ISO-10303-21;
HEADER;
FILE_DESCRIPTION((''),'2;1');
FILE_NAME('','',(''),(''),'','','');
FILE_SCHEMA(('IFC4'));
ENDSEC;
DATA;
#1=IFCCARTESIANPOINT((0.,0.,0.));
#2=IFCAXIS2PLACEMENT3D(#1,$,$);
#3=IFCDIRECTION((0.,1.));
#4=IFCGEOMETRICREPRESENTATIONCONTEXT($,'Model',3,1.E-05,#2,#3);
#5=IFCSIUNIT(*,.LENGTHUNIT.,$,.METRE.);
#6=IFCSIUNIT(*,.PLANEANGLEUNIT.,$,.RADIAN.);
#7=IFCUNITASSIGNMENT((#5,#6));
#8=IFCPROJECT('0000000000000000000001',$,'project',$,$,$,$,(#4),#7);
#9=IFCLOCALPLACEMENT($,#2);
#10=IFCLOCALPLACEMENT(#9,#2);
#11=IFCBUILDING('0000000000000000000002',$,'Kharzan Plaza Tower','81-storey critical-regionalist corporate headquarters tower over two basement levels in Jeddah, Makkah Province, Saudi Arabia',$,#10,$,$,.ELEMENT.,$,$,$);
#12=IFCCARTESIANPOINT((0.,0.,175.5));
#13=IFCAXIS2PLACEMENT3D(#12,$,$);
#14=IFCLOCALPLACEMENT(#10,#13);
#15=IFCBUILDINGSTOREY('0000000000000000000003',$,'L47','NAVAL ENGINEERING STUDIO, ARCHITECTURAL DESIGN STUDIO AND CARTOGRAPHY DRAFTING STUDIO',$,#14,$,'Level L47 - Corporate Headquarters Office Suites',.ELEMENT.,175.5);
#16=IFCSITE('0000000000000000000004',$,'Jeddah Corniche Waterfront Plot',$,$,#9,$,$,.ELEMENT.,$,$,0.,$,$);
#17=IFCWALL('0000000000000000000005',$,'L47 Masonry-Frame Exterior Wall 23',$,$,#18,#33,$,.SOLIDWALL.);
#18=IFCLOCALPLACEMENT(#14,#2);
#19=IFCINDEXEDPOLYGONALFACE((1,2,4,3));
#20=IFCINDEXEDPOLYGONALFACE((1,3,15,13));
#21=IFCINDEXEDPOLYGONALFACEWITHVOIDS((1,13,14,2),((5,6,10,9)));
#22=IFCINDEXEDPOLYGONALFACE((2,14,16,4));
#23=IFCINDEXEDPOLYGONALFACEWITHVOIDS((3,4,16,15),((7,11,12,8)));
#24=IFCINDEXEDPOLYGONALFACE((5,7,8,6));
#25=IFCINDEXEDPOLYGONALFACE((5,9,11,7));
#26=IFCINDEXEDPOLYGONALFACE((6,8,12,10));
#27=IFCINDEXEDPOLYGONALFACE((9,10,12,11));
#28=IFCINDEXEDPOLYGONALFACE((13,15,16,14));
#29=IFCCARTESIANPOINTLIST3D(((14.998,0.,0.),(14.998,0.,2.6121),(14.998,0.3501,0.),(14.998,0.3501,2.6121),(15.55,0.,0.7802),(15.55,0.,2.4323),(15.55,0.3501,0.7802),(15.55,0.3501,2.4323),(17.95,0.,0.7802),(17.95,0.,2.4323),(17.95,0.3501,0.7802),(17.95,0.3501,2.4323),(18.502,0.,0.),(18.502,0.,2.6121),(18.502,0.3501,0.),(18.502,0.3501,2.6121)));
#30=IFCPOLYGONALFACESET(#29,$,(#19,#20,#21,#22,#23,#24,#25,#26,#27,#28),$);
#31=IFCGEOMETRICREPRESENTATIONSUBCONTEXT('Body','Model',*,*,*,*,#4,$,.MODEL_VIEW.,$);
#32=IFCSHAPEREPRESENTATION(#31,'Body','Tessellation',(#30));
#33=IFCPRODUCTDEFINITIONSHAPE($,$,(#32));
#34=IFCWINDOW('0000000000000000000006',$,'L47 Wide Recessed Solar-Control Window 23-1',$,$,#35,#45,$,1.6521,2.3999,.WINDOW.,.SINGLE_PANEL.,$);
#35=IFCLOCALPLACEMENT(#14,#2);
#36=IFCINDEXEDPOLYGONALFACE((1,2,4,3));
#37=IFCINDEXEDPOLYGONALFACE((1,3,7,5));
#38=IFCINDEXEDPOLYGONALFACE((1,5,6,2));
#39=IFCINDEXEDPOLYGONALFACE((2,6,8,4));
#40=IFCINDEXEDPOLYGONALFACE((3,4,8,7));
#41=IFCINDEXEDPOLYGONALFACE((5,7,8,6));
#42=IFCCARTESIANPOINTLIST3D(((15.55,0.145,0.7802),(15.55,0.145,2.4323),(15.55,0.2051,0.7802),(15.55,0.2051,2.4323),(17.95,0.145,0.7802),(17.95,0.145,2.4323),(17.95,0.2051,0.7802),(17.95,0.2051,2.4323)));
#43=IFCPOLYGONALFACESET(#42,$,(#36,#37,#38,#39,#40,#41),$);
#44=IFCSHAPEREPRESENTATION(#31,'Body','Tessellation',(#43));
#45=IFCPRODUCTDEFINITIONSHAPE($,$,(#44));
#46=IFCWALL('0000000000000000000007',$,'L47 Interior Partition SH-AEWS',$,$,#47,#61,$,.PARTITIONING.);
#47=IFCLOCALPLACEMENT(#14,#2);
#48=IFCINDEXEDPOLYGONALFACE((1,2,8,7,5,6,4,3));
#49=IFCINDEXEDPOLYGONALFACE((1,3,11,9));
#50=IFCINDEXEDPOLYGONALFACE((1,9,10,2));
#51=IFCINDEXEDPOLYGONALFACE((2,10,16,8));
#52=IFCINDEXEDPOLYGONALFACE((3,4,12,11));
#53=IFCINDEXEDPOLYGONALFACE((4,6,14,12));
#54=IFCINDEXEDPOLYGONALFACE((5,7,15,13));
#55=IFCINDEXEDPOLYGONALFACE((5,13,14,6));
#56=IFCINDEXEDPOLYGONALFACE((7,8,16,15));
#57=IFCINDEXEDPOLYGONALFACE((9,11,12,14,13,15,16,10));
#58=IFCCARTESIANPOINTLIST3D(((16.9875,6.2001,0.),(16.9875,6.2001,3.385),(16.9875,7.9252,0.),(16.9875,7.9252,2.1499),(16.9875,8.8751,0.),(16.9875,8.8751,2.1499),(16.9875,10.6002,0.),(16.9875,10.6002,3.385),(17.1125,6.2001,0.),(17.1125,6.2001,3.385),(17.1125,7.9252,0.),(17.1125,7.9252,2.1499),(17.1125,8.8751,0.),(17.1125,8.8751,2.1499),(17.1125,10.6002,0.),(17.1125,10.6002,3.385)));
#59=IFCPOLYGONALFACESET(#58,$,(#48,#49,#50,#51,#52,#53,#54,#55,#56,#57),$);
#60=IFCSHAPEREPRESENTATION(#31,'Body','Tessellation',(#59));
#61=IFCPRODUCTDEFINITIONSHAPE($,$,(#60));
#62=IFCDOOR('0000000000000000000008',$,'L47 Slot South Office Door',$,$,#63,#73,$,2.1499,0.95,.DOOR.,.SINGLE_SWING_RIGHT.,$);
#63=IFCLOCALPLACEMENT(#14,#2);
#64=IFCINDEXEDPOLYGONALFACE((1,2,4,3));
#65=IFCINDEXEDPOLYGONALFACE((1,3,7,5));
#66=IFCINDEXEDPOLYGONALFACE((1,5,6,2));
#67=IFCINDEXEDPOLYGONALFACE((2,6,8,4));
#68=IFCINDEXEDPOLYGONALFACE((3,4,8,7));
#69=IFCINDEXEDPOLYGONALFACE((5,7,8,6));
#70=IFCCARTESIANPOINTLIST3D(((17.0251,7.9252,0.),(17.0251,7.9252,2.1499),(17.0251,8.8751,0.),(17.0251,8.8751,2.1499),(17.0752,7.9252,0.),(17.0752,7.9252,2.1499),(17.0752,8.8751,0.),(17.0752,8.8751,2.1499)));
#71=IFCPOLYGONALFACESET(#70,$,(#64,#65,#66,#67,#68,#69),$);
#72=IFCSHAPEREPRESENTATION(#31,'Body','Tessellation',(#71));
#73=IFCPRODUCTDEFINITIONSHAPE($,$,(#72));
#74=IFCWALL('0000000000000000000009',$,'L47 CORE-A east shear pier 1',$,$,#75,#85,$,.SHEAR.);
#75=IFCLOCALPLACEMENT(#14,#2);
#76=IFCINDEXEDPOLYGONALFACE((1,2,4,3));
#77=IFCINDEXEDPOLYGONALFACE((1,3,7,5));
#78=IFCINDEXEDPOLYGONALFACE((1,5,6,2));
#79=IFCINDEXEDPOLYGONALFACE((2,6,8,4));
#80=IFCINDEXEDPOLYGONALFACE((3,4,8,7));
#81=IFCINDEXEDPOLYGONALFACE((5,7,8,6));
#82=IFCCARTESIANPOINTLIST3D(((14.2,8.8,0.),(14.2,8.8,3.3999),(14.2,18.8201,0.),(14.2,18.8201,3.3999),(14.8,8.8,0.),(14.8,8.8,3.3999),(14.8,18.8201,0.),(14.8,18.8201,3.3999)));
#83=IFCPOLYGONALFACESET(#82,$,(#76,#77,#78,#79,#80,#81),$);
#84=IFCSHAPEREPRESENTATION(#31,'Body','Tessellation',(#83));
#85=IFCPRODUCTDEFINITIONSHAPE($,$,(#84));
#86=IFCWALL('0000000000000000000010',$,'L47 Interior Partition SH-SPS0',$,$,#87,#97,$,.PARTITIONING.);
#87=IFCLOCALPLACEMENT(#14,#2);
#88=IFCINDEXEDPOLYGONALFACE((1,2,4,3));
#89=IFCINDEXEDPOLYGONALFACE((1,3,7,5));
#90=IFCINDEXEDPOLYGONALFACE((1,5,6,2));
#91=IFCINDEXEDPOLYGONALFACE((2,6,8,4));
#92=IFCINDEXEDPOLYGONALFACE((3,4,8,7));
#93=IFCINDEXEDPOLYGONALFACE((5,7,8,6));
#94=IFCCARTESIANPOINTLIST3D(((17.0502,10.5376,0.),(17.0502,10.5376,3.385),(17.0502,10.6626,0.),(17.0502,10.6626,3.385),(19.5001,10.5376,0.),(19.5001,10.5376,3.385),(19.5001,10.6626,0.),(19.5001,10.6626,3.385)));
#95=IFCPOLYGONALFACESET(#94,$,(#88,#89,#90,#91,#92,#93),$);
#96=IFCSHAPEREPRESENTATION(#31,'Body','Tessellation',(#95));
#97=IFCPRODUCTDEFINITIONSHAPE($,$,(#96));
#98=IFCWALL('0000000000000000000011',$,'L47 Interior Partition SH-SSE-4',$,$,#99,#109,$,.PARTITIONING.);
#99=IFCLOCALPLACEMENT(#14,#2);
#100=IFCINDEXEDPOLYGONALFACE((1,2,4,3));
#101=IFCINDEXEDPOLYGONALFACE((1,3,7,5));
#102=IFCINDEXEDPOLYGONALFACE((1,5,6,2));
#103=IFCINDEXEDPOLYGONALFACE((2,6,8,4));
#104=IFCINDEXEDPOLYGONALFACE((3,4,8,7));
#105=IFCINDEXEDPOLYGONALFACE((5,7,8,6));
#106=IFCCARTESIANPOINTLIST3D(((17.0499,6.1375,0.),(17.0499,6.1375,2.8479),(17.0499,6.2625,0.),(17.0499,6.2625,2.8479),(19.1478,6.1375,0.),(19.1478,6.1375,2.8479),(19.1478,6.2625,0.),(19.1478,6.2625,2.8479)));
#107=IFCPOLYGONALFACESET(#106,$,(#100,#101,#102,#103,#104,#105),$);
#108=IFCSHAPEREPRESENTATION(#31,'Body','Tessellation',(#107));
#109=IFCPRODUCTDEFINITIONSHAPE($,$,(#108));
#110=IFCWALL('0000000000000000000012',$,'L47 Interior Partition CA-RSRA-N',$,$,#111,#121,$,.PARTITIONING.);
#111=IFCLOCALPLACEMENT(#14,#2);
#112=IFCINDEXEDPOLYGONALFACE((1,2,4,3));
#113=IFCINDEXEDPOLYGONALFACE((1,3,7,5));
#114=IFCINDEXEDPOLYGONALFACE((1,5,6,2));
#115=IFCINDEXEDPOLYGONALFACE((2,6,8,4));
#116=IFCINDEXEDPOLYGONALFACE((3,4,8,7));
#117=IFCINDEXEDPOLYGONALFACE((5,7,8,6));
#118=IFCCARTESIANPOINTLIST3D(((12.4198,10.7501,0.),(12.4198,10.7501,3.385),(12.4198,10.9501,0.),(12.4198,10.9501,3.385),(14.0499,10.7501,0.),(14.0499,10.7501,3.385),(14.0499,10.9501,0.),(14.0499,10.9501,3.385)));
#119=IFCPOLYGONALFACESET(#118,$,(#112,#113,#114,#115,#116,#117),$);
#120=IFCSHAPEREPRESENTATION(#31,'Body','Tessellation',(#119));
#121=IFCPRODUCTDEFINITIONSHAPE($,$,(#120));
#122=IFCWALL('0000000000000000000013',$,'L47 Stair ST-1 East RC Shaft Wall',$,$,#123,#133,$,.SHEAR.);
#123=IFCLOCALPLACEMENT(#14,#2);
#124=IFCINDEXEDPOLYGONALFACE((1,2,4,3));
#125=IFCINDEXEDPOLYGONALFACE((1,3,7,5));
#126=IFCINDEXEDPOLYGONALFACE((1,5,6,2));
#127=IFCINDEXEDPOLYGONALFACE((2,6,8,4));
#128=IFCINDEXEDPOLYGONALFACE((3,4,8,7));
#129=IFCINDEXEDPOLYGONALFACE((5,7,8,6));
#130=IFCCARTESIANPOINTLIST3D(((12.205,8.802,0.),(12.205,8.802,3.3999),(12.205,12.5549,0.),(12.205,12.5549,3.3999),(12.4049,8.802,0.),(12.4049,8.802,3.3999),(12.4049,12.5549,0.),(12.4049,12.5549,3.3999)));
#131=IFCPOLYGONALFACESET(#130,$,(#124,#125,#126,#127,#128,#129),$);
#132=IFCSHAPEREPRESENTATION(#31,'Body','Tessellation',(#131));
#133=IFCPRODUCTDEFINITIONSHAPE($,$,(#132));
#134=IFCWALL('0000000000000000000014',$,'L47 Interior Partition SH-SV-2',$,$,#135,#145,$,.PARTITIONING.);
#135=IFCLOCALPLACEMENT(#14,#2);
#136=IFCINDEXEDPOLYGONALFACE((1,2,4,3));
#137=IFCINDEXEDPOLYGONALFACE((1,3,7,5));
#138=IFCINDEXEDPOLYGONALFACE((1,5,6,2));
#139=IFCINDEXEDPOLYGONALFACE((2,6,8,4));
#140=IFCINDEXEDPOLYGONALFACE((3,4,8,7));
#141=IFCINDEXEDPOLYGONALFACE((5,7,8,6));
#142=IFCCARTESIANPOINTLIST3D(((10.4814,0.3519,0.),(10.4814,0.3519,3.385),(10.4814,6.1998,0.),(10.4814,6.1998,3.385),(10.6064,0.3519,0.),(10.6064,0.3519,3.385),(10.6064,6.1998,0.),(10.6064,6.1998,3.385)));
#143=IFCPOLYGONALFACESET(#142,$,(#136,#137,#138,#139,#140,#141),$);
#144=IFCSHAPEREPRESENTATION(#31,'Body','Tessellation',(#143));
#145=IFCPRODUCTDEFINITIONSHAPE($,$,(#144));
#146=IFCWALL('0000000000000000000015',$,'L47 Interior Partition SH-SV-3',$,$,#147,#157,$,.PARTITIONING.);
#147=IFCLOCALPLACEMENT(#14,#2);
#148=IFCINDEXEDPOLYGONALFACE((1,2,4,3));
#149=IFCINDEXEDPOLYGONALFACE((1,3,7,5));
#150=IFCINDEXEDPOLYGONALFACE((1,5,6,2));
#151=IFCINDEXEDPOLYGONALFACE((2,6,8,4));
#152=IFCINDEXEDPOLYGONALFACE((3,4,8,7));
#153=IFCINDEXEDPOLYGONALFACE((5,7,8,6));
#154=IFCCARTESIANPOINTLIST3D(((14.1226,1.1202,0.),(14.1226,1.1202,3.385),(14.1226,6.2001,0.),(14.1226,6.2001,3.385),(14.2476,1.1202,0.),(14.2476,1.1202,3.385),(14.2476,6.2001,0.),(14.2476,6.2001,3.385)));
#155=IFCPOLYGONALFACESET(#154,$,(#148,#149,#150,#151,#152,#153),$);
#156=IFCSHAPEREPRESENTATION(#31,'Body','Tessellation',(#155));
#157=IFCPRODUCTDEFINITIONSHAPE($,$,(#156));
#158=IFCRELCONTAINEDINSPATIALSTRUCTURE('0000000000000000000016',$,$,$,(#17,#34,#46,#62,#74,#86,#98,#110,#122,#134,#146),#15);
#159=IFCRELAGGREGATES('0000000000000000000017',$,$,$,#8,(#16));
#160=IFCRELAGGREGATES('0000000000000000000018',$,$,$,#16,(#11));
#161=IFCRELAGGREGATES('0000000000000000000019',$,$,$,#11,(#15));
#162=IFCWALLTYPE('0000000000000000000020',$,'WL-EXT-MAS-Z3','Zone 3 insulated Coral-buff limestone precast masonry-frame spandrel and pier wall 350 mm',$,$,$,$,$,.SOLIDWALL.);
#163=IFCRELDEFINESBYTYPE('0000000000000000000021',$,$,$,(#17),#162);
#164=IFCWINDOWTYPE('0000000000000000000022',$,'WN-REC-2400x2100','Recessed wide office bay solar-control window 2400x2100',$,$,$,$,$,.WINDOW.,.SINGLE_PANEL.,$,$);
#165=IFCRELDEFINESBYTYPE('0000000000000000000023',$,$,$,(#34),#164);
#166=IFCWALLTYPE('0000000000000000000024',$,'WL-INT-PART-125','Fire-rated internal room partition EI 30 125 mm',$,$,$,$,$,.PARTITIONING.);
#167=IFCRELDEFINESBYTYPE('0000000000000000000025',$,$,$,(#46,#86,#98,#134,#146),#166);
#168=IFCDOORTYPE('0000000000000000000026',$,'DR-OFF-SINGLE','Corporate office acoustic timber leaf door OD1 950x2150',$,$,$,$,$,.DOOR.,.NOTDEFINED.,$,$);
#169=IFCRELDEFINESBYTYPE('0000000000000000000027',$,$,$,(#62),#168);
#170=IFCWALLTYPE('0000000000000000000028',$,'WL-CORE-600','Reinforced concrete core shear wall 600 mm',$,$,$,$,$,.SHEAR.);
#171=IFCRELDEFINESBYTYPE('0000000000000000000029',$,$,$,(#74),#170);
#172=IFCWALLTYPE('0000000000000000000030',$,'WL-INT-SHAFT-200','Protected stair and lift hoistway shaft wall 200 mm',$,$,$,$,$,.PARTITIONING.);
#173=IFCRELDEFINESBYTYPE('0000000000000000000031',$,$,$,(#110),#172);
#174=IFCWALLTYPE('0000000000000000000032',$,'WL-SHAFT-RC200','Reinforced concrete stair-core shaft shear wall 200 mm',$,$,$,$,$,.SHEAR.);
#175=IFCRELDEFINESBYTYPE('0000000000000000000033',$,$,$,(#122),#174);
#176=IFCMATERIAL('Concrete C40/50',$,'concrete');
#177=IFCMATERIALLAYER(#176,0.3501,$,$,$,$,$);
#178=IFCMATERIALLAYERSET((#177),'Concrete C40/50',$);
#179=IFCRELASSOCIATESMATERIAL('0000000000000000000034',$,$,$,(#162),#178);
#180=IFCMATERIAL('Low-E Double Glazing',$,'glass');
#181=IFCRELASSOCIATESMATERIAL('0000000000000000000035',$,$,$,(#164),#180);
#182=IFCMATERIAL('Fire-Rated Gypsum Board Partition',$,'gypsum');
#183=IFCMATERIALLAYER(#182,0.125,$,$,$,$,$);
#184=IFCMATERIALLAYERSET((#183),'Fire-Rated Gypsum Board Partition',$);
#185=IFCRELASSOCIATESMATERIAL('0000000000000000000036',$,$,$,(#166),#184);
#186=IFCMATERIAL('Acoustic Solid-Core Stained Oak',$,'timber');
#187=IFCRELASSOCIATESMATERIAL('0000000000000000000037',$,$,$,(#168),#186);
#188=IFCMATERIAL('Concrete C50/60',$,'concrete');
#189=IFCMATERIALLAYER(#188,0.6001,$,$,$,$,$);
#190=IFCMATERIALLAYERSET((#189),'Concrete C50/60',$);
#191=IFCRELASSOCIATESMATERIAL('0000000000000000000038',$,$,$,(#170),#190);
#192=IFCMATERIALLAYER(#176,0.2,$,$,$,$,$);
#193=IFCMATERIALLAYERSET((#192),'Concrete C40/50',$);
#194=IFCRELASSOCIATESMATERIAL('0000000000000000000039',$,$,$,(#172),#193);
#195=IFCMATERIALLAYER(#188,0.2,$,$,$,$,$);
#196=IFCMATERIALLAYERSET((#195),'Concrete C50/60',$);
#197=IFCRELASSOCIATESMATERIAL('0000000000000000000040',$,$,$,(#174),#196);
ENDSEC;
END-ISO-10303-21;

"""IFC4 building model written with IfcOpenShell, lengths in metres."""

from ifc_helpers import new_model, si_unit, direction, frame, frame_2d, origin, place, context, subcontext, project, spatial, rectangle, extrude, source, transform, mapped, material, layer, layer_set, type_object, element, fill, save


model = new_model("IFC4")

# Units and contexts
model_context = context("Model", 3, precision=1e-05, world=origin(), true_north=direction((0.0, 1.0)))
body_context = subcontext(model_context, "Body", "Model", "MODEL_VIEW")
ifc_project = project(units=[si_unit("LENGTHUNIT", "METRE"), si_unit("PLANEANGLEUNIT", "RADIAN")], contexts=[model_context])

# Site, building, storey
site_placement = place(None, origin())
site = spatial("IfcSite", under=ifc_project, at=site_placement, Name="Jeddah Corniche Waterfront Plot", CompositionType="ELEMENT", RefElevation=0.0)
building_placement = place(site_placement, origin())
building = spatial("IfcBuilding", under=site, at=building_placement, Name="Kharzan Plaza Tower", Description="81-storey critical-regionalist corporate headquarters tower over two basement levels in Jeddah, Makkah Province, Saudi Arabia", CompositionType="ELEMENT")
storey_placement = place(building_placement, frame((0.0, 0.0, 175.5)))
storey = spatial("IfcBuildingStorey", under=building, at=storey_placement, Name="L47", Description="NAVAL ENGINEERING STUDIO, ARCHITECTURAL DESIGN STUDIO AND CARTOGRAPHY DRAFTING STUDIO", LongName="Level L47 - Corporate Headquarters Office Suites", CompositionType="ELEMENT", Elevation=175.5)

# Shared definitions
ifc_material_1 = material(Name="Concrete C50/60", Category="concrete")

# Wall, opening, window
ifc_material_2 = material(Name="Concrete C40/50", Category="concrete")
ifc_layer_1 = layer(ifc_material_2, 0.3501)
ifc_layer_set_1 = layer_set([ifc_layer_1], Name="Concrete C40/50")
wall_type_1 = type_object("IfcWallType", Name="WL-EXT-MAS-Z3", Description="Zone 3 insulated Coral-buff limestone precast masonry-frame spandrel and pier wall 350 mm", PredefinedType="SOLIDWALL", material=ifc_layer_set_1)
ifc_material_3 = material(Name="Low-E Double Glazing", Category="glass")
window_type = type_object("IfcWindowType", Name="WN-REC-2400x2100", Description="Recessed wide office bay solar-control window 2400x2100", PartitioningType="SINGLE_PANEL", PredefinedType="WINDOW", material=ifc_material_3)
shared_shape_1 = source(origin(), body_context, "Body", "SweptSolid", [
    extrude(rectangle(XDim=2.3999, YDim=1.6521, at=frame_2d((1.2, 0.8262))), frame((0.0, 0.03, 0.0), z_axis=(0.0, -1.0, 0.0), x_axis=(1.0, 0.0, 0.0)), (0.0, 0.0, 1.0), 0.0601),
])
wall_1_placement = place(storey_placement, frame((14.998, 0.175, 0.0), z_axis=(0.0, 0.0, 1.0), x_axis=(1.0, 0.0, 0.0)))
wall_1 = element("IfcWall", 1, at=wall_1_placement, inside=storey, type_object=wall_type_1, Name="L47 Masonry-Frame Exterior Wall 23", PredefinedType="SOLIDWALL", context=body_context, shape_type="SweptSolid", body=[
    extrude(rectangle(XDim=3.5039, YDim=0.3501, at=frame_2d((1.752, 0.0))), origin(), (0.0, 0.0, 1.0), 2.6121),
])
opening_1_placement = place(wall_1_placement, frame((0.552, 0.0, 0.78)))
opening_1 = element("IfcOpeningElement", 2, at=opening_1_placement, cuts=wall_1, PredefinedType="OPENING", context=body_context, shape_type="SweptSolid", body=[
    extrude(rectangle(XDim=2.3999, YDim=1.6521, at=frame_2d((1.2, 0.8262))), frame((0.0, 0.1851, 0.0), z_axis=(0.0, -1.0, 0.0), x_axis=(1.0, 0.0, 0.0)), (0.0, 0.0, 1.0), 0.3701),
])
window_1_placement = place(opening_1_placement, origin())
window_1 = element("IfcWindow", 3, at=window_1_placement, inside=storey, type_object=window_type, Name="L47 Wide Recessed Solar-Control Window 23-1", OverallHeight=1.6521, OverallWidth=2.3999, PartitioningType="SINGLE_PANEL", PredefinedType="WINDOW", context=body_context, shape_type="MappedRepresentation", body=[
    mapped(shared_shape_1, transform((0.0, 0.0, 0.0), x_axis=(1.0, 0.0, 0.0), y_axis=(0.0, 1.0, 0.0), z_axis=(0.0, 0.0, 1.0))),
])
fill(opening_1, window_1)

# Wall, opening, door
ifc_material_4 = material(Name="Fire-Rated Gypsum Board Partition", Category="gypsum")
ifc_layer_2 = layer(ifc_material_4, 0.125)
ifc_layer_set_2 = layer_set([ifc_layer_2], Name="Fire-Rated Gypsum Board Partition")
wall_type_2 = type_object("IfcWallType", Name="WL-INT-PART-125", Description="Fire-rated internal room partition EI 30 125 mm", PredefinedType="PARTITIONING", material=ifc_layer_set_2)
wall_2_placement = place(storey_placement, frame((17.05, 6.2, 0.0), z_axis=(0.0, 0.0, 1.0), x_axis=(0.0, 1.0, 0.0)))
wall_2 = element("IfcWall", 4, at=wall_2_placement, inside=storey, type_object=wall_type_2, Name="L47 Interior Partition SH-AEWS", PredefinedType="PARTITIONING", context=body_context, shape_type="SweptSolid", body=[
    extrude(rectangle(XDim=4.4001, YDim=0.125, at=frame_2d((2.2002, 0.0))), origin(), (0.0, 0.0, 1.0), 3.385),
])
opening_2_placement = place(wall_2_placement, frame((1.7251, 0.0, 0.0)))
opening_2 = element("IfcOpeningElement", 5, at=opening_2_placement, cuts=wall_2, PredefinedType="OPENING", context=body_context, shape_type="SweptSolid", body=[
    extrude(rectangle(XDim=0.95, YDim=2.1499, at=frame_2d((0.4751, 1.075))), frame((0.0, 0.0725, 0.0), z_axis=(0.0, -1.0, 0.0), x_axis=(1.0, 0.0, 0.0)), (0.0, 0.0, 1.0), 0.145),
])
ifc_material_5 = material(Name="Acoustic Solid-Core Stained Oak", Category="timber")
door_type = type_object("IfcDoorType", Name="DR-OFF-SINGLE", Description="Corporate office acoustic timber leaf door OD1 950x2150", OperationType="NOTDEFINED", PredefinedType="DOOR", material=ifc_material_5)
shared_shape_2 = source(origin(), body_context, "Body", "SweptSolid", [
    extrude(rectangle(XDim=0.95, YDim=2.1499, at=frame_2d((0.4751, 1.075))), frame((0.0, 0.0249, 0.0), z_axis=(0.0, -1.0, 0.0), x_axis=(1.0, 0.0, 0.0)), (0.0, 0.0, 1.0), 0.05),
])
door_1_placement = place(opening_2_placement, origin())
door_1 = element("IfcDoor", 6, at=door_1_placement, inside=storey, type_object=door_type, Name="L47 Slot South Office Door", OperationType="SINGLE_SWING_RIGHT", OverallHeight=2.1499, OverallWidth=0.95, PredefinedType="DOOR", context=body_context, shape_type="MappedRepresentation", body=[
    mapped(shared_shape_2, transform((0.0, 0.0, 0.0), x_axis=(1.0, 0.0, 0.0), y_axis=(0.0, 1.0, 0.0), z_axis=(0.0, 0.0, 1.0))),
])
fill(opening_2, door_1)

# Walls
ifc_layer_3 = layer(ifc_material_1, 0.6001)
ifc_layer_set_3 = layer_set([ifc_layer_3], Name="Concrete C50/60")
wall_type_3 = type_object("IfcWallType", Name="WL-CORE-600", Description="Reinforced concrete core shear wall 600 mm", PredefinedType="SHEAR", material=ifc_layer_set_3)
shared_shape_3 = source(origin(), body_context, "Body", "SweptSolid", [
    extrude(rectangle(XDim=10.02, YDim=0.6001, at=frame_2d((5.01, 0.0))), origin(), (0.0, 0.0, 1.0), 3.3999),
])
wall_3_placement = place(storey_placement, frame((14.5, 8.8, 0.0), z_axis=(0.0, 0.0, 1.0), x_axis=(0.0, 1.0, 0.0)))
element("IfcWall", 7, at=wall_3_placement, inside=storey, type_object=wall_type_3, Name="L47 CORE-A east shear pier 1", PredefinedType="SHEAR", context=body_context, shape_type="MappedRepresentation", body=[
    mapped(shared_shape_3, transform((0.0, 0.0, 0.0), x_axis=(1.0, 0.0, 0.0), y_axis=(0.0, 1.0, 0.0), z_axis=(0.0, 0.0, 1.0))),
])
shared_shape_4 = source(origin(), body_context, "Body", "SweptSolid", [
    extrude(rectangle(XDim=2.45, YDim=0.125, at=frame_2d((1.2251, 0.0))), origin(), (0.0, 0.0, 1.0), 3.385),
])
wall_4_placement = place(storey_placement, frame((17.05, 10.6001, 0.0), z_axis=(0.0, 0.0, 1.0), x_axis=(1.0, 0.0, 0.0)))
element("IfcWall", 8, at=wall_4_placement, inside=storey, type_object=wall_type_2, Name="L47 Interior Partition SH-SPS0", PredefinedType="PARTITIONING", context=body_context, shape_type="MappedRepresentation", body=[
    mapped(shared_shape_4, transform((0.0, 0.0, 0.0), x_axis=(1.0, 0.0, 0.0), y_axis=(0.0, 1.0, 0.0), z_axis=(0.0, 0.0, 1.0))),
])
shared_shape_5 = source(origin(), body_context, "Body", "SweptSolid", [
    extrude(rectangle(XDim=2.0979, YDim=0.125, at=frame_2d((1.0488, 0.0))), origin(), (0.0, 0.0, 1.0), 2.8479),
])
wall_5_placement = place(storey_placement, frame((17.05, 6.2, 0.0), z_axis=(0.0, 0.0, 1.0), x_axis=(1.0, 0.0, 0.0)))
element("IfcWall", 9, at=wall_5_placement, inside=storey, type_object=wall_type_2, Name="L47 Interior Partition SH-SSE-4", PredefinedType="PARTITIONING", context=body_context, shape_type="MappedRepresentation", body=[
    mapped(shared_shape_5, transform((0.0, 0.0, 0.0), x_axis=(1.0, 0.0, 0.0), y_axis=(0.0, 1.0, 0.0), z_axis=(0.0, 0.0, 1.0))),
])
ifc_layer_4 = layer(ifc_material_2, 0.2)
ifc_layer_set_4 = layer_set([ifc_layer_4], Name="Concrete C40/50")
wall_type_4 = type_object("IfcWallType", Name="WL-INT-SHAFT-200", Description="Protected stair and lift hoistway shaft wall 200 mm", PredefinedType="PARTITIONING", material=ifc_layer_set_4)
shared_shape_6 = source(origin(), body_context, "Body", "SweptSolid", [
    extrude(rectangle(XDim=1.6301, YDim=0.2, at=frame_2d((0.8149, 0.0))), origin(), (0.0, 0.0, 1.0), 3.385),
])
wall_6_placement = place(storey_placement, frame((12.4199, 10.8501, 0.0), z_axis=(0.0, 0.0, 1.0), x_axis=(1.0, 0.0, 0.0)))
element("IfcWall", 10, at=wall_6_placement, inside=storey, type_object=wall_type_4, Name="L47 Interior Partition CA-RSRA-N", PredefinedType="PARTITIONING", context=body_context, shape_type="MappedRepresentation", body=[
    mapped(shared_shape_6, transform((0.0, 0.0, 0.0), x_axis=(1.0, 0.0, 0.0), y_axis=(0.0, 1.0, 0.0), z_axis=(0.0, 0.0, 1.0))),
])
ifc_layer_5 = layer(ifc_material_1, 0.2)
ifc_layer_set_5 = layer_set([ifc_layer_5], Name="Concrete C50/60")
wall_type_5 = type_object("IfcWallType", Name="WL-SHAFT-RC200", Description="Reinforced concrete stair-core shaft shear wall 200 mm", PredefinedType="SHEAR", material=ifc_layer_set_5)
shared_shape_7 = source(origin(), body_context, "Body", "SweptSolid", [
    extrude(rectangle(XDim=3.7529, YDim=0.2, at=frame_2d((1.8765, 0.0))), origin(), (0.0, 0.0, 1.0), 3.3999),
])
wall_7_placement = place(storey_placement, frame((12.3049, 8.802, 0.0), z_axis=(0.0, 0.0, 1.0), x_axis=(0.0, 1.0, 0.0)))
element("IfcWall", 11, at=wall_7_placement, inside=storey, type_object=wall_type_5, Name="L47 Stair ST-1 East RC Shaft Wall", PredefinedType="SHEAR", context=body_context, shape_type="MappedRepresentation", body=[
    mapped(shared_shape_7, transform((0.0, 0.0, 0.0), x_axis=(1.0, 0.0, 0.0), y_axis=(0.0, 1.0, 0.0), z_axis=(0.0, 0.0, 1.0))),
])
shared_shape_8 = source(origin(), body_context, "Body", "SweptSolid", [
    extrude(rectangle(XDim=5.8479, YDim=0.125, at=frame_2d((2.9238, 0.0))), origin(), (0.0, 0.0, 1.0), 3.385),
])
wall_8_placement = place(storey_placement, frame((10.5439, 0.3521, 0.0), z_axis=(0.0, 0.0, 1.0), x_axis=(0.0, 1.0, 0.0)))
element("IfcWall", 12, at=wall_8_placement, inside=storey, type_object=wall_type_2, Name="L47 Interior Partition SH-SV-2", PredefinedType="PARTITIONING", context=body_context, shape_type="MappedRepresentation", body=[
    mapped(shared_shape_8, transform((0.0, 0.0, 0.0), x_axis=(1.0, 0.0, 0.0), y_axis=(0.0, 1.0, 0.0), z_axis=(0.0, 0.0, 1.0))),
])
shared_shape_9 = source(origin(), body_context, "Body", "SweptSolid", [
    extrude(rectangle(XDim=5.0798, YDim=0.125, at=frame_2d((2.54, 0.0))), origin(), (0.0, 0.0, 1.0), 3.385),
])
wall_9_placement = place(storey_placement, frame((14.1851, 1.1201, 0.0), z_axis=(0.0, 0.0, 1.0), x_axis=(0.0, 1.0, 0.0)))
element("IfcWall", 13, at=wall_9_placement, inside=storey, type_object=wall_type_2, Name="L47 Interior Partition SH-SV-3", PredefinedType="PARTITIONING", context=body_context, shape_type="MappedRepresentation", body=[
    mapped(shared_shape_9, transform((0.0, 0.0, 0.0), x_axis=(1.0, 0.0, 0.0), y_axis=(0.0, 1.0, 0.0), z_axis=(0.0, 0.0, 1.0))),
])

save(model, "model.ifc")
